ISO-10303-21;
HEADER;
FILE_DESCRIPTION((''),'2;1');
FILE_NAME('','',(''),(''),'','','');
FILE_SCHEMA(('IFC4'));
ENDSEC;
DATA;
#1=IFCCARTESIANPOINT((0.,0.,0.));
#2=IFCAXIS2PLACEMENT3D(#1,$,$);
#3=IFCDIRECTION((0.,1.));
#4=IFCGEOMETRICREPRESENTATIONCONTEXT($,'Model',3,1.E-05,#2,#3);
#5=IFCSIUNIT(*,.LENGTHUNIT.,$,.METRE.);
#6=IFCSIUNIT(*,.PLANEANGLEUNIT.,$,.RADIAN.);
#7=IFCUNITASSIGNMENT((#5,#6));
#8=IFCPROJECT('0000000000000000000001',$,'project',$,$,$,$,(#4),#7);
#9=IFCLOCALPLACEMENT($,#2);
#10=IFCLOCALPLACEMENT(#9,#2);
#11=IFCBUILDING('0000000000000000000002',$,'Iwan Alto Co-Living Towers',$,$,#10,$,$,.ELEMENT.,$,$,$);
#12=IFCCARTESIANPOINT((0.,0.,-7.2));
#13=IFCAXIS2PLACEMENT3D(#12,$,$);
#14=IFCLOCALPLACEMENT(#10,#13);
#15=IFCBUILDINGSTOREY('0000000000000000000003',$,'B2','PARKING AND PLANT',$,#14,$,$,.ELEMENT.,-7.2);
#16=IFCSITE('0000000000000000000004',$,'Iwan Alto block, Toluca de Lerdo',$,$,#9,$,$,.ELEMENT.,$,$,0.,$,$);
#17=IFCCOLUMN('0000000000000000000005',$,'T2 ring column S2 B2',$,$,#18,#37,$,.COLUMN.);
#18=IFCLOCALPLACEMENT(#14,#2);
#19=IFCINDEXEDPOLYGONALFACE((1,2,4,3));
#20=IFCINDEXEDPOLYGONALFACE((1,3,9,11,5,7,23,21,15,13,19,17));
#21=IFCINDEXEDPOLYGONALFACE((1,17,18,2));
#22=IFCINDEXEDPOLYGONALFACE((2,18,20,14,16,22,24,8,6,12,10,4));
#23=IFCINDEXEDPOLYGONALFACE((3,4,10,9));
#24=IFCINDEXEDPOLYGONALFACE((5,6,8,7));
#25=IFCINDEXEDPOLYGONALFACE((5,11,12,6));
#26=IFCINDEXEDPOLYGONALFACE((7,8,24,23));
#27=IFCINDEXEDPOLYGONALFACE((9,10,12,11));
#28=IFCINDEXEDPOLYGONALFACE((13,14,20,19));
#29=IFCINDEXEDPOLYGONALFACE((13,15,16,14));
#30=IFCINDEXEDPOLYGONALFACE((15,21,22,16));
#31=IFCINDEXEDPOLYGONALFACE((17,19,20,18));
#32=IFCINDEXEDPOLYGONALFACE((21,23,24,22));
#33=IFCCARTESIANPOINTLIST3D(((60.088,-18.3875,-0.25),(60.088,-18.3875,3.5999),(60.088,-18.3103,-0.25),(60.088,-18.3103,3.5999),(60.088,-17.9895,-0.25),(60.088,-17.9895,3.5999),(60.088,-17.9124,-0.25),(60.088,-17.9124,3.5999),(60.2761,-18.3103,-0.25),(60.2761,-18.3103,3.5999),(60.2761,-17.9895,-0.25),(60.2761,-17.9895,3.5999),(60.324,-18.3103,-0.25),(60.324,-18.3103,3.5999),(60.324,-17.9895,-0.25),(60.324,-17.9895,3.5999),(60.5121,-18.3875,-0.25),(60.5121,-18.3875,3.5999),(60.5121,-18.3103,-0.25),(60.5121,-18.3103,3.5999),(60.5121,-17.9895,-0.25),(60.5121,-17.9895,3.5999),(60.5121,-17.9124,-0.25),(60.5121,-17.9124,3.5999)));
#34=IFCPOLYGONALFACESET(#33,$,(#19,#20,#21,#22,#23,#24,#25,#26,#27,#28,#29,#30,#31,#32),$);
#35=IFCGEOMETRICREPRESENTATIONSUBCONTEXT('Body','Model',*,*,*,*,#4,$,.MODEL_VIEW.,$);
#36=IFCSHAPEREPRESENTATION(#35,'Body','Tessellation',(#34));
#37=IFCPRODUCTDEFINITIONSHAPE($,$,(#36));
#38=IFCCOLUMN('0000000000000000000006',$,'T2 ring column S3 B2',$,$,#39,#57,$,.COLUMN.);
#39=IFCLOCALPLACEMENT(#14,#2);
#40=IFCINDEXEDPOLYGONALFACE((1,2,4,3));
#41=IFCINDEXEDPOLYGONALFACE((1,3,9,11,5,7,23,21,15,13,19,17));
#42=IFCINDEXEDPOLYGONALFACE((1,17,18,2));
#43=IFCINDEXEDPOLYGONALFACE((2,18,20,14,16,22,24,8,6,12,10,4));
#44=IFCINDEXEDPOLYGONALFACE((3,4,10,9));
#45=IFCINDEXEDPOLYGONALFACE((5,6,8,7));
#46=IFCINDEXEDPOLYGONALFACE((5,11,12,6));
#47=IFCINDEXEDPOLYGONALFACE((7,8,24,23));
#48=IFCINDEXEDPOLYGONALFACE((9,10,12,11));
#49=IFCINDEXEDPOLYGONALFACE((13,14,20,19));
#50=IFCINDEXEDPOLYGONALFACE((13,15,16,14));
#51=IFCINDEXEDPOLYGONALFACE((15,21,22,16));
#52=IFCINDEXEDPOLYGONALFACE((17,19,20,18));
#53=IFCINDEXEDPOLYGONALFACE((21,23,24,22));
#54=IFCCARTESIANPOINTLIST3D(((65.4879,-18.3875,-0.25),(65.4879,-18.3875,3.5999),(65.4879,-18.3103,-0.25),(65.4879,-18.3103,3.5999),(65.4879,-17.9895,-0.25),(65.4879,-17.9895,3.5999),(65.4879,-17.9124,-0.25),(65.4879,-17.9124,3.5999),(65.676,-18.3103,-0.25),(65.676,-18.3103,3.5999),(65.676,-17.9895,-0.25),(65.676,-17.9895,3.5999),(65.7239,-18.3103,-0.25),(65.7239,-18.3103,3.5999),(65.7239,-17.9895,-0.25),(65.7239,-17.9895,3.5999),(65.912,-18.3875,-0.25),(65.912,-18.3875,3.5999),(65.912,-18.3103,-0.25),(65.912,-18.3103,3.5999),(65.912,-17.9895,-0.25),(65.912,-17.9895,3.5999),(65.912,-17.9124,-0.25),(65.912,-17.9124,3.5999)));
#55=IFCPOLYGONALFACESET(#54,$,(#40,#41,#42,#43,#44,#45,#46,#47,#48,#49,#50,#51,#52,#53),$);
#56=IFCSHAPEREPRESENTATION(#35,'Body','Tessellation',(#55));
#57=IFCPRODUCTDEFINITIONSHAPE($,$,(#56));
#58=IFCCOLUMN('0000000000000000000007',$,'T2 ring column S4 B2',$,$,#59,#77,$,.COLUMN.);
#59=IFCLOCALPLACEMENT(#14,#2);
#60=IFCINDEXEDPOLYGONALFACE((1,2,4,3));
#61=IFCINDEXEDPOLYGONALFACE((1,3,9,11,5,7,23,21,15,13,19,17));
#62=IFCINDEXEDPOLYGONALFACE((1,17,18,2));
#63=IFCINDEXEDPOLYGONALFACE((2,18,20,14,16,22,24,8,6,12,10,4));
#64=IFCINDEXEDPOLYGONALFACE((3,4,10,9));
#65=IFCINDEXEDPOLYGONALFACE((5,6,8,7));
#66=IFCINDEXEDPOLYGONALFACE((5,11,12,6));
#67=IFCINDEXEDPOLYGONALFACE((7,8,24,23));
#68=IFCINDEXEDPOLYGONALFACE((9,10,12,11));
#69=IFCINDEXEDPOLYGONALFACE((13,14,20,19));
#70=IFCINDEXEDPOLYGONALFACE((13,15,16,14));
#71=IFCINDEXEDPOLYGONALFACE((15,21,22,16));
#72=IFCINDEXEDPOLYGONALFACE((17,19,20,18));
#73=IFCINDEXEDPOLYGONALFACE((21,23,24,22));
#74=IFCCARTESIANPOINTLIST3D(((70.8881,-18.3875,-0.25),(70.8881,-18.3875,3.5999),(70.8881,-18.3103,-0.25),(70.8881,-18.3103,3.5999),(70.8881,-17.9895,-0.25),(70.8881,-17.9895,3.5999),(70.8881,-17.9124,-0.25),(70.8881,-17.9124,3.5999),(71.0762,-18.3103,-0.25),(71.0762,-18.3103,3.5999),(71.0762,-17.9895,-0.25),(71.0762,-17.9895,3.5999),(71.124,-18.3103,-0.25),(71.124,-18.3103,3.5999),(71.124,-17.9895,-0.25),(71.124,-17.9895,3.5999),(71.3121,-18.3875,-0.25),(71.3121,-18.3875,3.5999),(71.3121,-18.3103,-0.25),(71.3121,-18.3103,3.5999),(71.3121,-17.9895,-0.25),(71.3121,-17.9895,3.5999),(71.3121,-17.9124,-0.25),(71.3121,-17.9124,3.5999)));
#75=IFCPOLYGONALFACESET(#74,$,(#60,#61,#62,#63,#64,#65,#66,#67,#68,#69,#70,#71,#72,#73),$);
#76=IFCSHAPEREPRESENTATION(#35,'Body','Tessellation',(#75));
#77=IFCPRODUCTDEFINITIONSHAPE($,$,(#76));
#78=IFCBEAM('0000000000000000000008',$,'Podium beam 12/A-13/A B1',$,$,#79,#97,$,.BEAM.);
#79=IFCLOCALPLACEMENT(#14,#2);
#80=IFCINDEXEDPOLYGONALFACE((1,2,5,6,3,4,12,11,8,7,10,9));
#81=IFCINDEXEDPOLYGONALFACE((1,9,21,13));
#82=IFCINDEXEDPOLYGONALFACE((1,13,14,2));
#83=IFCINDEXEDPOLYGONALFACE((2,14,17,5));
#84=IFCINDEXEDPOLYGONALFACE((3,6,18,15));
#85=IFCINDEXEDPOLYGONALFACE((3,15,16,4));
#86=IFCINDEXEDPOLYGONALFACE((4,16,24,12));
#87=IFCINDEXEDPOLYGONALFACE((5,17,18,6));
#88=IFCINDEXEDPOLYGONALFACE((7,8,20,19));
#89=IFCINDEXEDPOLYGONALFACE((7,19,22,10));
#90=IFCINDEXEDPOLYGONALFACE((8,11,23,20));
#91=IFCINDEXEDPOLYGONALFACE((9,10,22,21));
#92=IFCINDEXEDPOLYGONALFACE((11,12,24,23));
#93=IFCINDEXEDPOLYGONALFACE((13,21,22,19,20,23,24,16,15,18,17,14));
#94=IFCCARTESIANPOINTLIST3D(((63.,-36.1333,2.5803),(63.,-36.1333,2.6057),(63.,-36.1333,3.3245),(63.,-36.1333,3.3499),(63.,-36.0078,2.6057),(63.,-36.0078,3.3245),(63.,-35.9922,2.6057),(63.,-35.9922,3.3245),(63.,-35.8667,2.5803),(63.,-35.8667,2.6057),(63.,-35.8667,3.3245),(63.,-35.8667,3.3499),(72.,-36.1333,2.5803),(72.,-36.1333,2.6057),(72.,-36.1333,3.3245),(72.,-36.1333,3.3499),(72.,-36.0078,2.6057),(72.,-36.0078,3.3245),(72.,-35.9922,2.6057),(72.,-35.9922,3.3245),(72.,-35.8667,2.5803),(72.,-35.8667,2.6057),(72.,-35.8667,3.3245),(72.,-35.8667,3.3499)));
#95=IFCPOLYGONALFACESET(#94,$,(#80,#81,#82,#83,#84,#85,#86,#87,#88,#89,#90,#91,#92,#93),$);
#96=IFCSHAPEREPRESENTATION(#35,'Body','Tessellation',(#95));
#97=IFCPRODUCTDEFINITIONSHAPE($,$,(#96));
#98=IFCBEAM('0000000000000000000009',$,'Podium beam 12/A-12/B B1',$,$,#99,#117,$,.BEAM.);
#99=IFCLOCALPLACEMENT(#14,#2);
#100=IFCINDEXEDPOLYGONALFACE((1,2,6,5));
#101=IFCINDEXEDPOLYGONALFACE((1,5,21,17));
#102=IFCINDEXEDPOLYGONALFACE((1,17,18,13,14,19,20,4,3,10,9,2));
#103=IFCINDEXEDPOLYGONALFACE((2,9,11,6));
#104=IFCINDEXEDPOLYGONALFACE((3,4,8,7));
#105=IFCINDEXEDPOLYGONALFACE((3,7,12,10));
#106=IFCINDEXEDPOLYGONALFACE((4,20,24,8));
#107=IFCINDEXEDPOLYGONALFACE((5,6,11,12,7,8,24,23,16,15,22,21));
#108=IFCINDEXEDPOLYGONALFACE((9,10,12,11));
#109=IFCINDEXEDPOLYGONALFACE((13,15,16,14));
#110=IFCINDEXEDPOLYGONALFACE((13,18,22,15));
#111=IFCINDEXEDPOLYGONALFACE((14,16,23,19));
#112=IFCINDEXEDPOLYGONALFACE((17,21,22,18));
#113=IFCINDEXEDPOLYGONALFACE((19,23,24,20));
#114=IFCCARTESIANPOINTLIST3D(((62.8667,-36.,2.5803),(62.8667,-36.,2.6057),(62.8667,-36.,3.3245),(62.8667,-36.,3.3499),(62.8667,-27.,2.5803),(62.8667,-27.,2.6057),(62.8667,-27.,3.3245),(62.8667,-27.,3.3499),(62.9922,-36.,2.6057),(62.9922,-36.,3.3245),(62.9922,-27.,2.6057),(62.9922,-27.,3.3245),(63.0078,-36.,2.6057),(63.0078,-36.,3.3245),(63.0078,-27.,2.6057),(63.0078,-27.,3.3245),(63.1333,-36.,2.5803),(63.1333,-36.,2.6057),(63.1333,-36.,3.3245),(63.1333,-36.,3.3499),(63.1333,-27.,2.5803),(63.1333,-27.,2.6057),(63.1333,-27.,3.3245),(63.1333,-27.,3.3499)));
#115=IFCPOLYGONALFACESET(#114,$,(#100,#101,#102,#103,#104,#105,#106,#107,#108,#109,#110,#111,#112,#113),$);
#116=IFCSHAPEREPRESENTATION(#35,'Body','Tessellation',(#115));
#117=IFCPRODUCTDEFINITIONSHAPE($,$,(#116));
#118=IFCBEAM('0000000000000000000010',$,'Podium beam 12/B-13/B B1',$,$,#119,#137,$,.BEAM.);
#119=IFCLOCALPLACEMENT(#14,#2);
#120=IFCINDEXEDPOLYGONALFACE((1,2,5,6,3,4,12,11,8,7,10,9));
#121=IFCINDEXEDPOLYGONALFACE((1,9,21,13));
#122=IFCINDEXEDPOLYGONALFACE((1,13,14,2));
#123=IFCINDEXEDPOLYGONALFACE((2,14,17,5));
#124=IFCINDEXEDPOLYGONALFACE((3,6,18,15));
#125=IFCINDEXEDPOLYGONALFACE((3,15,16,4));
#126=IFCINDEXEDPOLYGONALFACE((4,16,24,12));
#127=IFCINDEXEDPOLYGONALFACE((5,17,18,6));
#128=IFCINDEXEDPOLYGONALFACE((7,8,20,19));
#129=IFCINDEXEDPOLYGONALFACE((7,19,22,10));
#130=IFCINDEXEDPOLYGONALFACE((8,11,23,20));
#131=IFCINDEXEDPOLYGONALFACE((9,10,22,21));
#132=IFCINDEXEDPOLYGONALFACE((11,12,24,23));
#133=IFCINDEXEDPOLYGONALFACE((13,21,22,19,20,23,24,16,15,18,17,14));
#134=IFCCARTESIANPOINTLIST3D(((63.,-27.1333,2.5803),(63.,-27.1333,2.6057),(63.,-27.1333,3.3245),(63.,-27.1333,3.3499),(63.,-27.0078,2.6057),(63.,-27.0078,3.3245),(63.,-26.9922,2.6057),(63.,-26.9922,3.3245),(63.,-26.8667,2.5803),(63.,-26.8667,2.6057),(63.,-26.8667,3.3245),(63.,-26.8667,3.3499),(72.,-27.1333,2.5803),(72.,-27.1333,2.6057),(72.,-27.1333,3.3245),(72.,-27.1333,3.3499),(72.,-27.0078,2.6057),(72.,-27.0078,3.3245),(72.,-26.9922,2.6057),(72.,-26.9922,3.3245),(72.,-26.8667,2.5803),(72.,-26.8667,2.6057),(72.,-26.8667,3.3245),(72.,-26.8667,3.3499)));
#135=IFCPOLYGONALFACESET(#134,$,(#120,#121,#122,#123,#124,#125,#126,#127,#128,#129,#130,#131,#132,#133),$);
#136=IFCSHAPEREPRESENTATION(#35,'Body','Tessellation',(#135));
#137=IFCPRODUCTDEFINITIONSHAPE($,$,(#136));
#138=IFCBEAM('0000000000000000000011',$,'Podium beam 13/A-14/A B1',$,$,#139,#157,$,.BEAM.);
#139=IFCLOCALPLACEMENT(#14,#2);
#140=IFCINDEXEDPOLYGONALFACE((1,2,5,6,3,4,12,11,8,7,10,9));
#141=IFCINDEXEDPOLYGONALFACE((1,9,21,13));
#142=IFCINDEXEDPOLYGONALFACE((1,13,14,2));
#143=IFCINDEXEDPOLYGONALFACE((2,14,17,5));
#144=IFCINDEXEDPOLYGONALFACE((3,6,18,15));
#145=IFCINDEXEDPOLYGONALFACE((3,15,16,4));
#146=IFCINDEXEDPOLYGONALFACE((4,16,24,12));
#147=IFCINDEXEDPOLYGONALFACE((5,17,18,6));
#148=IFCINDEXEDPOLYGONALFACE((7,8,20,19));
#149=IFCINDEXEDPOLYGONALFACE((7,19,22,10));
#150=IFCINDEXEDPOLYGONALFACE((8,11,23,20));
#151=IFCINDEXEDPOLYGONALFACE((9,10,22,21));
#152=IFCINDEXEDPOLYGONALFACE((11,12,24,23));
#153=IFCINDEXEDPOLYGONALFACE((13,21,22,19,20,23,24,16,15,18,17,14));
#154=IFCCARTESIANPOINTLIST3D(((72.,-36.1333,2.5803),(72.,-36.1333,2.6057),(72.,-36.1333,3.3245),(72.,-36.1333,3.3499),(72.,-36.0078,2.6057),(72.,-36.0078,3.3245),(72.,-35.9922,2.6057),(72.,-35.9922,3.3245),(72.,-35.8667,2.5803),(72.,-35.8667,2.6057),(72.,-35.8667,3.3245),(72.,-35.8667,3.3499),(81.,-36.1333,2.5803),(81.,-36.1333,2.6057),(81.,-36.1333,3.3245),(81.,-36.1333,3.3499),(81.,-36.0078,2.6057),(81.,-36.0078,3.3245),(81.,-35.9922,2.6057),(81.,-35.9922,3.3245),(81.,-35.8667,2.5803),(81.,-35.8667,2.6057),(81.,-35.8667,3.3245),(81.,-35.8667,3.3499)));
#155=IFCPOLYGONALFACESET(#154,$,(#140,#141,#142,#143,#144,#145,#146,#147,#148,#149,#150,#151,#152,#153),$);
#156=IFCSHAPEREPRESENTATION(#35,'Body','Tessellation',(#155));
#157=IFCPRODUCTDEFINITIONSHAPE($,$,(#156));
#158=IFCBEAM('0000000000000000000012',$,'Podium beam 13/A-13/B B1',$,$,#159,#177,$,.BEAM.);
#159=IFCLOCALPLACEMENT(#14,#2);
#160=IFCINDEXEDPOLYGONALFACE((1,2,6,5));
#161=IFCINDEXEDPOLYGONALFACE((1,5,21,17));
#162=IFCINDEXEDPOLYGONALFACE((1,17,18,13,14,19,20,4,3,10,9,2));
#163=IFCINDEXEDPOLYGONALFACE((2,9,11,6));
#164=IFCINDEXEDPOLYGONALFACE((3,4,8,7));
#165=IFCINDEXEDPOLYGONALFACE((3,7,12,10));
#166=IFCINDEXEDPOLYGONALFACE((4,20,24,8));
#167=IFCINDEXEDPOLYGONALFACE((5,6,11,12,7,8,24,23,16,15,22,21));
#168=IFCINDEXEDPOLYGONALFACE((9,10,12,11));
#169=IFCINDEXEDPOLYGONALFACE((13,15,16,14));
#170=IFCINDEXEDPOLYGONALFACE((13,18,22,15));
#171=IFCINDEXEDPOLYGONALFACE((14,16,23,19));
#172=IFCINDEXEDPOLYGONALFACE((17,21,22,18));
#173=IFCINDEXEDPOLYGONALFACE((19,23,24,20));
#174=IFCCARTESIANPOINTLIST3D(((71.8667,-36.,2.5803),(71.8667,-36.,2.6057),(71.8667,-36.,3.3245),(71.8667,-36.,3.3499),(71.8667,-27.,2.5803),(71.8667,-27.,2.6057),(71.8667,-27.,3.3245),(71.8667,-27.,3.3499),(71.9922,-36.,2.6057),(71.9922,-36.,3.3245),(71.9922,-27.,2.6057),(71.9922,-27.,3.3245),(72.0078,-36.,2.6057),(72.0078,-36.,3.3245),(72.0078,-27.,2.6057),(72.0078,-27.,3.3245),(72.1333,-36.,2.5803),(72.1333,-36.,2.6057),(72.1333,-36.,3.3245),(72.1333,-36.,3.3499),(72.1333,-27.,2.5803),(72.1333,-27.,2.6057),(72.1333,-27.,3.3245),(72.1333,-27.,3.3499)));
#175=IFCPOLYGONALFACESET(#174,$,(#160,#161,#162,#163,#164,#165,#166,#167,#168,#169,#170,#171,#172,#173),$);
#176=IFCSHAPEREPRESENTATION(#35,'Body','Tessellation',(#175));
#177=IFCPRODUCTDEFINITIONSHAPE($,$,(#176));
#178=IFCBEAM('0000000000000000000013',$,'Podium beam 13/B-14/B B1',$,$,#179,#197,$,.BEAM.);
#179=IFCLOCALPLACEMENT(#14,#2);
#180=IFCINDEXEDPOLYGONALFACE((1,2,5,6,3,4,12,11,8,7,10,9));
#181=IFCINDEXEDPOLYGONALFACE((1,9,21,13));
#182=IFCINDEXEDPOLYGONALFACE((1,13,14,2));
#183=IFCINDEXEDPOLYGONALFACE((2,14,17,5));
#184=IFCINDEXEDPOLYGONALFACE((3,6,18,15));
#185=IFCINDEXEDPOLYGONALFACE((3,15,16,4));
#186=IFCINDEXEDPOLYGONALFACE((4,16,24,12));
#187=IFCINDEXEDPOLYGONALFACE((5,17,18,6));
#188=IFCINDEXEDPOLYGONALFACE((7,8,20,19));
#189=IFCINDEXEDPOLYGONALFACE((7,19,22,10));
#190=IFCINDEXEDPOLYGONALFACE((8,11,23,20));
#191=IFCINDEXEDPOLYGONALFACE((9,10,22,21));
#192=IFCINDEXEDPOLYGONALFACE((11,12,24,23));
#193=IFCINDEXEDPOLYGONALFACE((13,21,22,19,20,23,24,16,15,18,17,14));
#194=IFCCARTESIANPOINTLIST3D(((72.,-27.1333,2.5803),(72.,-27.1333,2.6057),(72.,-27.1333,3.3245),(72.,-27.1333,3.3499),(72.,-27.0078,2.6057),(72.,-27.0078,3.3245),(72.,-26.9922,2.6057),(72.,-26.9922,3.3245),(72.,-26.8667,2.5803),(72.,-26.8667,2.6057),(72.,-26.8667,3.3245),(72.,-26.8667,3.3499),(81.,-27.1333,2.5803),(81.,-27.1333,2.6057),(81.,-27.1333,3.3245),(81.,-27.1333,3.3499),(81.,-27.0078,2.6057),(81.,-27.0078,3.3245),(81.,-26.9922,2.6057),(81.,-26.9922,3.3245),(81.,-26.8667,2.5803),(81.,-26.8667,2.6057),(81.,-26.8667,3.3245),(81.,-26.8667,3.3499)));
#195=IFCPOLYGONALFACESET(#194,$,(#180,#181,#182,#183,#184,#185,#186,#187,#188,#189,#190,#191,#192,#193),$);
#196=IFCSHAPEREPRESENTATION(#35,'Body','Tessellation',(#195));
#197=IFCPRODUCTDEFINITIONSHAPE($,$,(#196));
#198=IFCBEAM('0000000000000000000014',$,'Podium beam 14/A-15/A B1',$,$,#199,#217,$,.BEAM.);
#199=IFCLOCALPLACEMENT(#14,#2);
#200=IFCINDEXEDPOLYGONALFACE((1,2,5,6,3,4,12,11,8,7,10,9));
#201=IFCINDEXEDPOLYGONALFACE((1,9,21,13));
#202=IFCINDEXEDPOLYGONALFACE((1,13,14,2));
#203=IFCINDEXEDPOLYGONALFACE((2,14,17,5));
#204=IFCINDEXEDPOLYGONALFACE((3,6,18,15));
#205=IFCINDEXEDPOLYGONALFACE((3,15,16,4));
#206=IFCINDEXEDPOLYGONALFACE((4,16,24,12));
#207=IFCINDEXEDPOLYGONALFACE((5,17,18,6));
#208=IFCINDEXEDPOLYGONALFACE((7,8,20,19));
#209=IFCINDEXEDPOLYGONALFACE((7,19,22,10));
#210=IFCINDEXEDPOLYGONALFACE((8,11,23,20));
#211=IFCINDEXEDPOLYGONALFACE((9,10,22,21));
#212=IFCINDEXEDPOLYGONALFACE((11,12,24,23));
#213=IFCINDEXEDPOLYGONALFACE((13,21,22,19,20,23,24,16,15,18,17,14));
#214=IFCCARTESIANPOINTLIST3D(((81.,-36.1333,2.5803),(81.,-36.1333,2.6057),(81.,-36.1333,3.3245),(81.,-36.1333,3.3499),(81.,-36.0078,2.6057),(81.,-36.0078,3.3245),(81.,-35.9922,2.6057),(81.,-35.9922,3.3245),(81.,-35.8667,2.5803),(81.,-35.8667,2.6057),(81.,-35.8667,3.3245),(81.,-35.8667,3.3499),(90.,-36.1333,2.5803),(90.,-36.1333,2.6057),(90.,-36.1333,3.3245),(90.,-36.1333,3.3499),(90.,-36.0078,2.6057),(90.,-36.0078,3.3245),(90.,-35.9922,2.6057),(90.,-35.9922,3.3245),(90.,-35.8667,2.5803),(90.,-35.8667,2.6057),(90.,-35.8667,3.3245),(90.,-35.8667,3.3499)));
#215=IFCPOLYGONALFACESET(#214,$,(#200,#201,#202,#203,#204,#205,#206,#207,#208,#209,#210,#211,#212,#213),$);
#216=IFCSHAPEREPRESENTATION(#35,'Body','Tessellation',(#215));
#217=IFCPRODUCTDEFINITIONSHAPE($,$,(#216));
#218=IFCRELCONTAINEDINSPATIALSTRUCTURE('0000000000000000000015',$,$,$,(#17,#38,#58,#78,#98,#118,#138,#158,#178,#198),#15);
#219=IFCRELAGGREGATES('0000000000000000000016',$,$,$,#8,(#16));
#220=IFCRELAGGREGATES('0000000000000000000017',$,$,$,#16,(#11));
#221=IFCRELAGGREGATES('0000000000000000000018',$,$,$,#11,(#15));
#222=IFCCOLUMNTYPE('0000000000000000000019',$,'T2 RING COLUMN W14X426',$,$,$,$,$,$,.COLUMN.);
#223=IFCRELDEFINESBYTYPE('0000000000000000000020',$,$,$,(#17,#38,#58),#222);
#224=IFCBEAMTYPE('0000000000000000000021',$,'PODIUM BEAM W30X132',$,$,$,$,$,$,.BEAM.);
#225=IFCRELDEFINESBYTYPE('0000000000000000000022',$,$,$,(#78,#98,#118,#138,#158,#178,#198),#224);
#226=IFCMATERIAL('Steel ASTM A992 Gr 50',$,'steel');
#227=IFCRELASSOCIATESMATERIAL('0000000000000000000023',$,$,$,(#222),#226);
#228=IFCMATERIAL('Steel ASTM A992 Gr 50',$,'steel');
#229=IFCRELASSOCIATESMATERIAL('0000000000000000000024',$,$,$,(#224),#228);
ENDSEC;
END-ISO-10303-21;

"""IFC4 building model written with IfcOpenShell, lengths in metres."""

from ifc_helpers import new_model, si_unit, direction, frame, origin, origin_2d, place, context, subcontext, project, spatial, i_section, extrude, material, material_profile, profile_set, type_object, element, save


model = new_model("IFC4")

# Units and contexts
model_context = context("Model", 3, precision=1e-05, world=origin(), true_north=direction((0.0, 1.0)))
body_context = subcontext(model_context, "Body", "Model", "MODEL_VIEW")
ifc_project = project(units=[si_unit("LENGTHUNIT", "METRE"), si_unit("PLANEANGLEUNIT", "RADIAN")], contexts=[model_context])

# Site, building, storey
site_placement = place(None, origin())
site = spatial("IfcSite", under=ifc_project, at=site_placement, Name="Iwan Alto block, Toluca de Lerdo", CompositionType="ELEMENT", RefElevation=0.0)
building_placement = place(site_placement, origin())
building = spatial("IfcBuilding", under=site, at=building_placement, Name="Iwan Alto Co-Living Towers", CompositionType="ELEMENT")
storey_placement = place(building_placement, frame((0.0, 0.0, -7.2)))
storey = spatial("IfcBuildingStorey", under=building, at=storey_placement, Name="B2", Description="PARKING AND PLANT", CompositionType="ELEMENT", Elevation=-7.2)

# Columns
ifc_material_1 = material(Name="Steel ASTM A992 Gr 50", Category="steel")
ifc_material_profile_1 = material_profile(ifc_material_1, i_section(OverallWidth=0.4241, OverallDepth=0.4751, WebThickness=0.0479, FlangeThickness=0.0771, at=origin_2d()), Name="W14X426")
ifc_profile_set_1 = profile_set([ifc_material_profile_1], Name="Steel ASTM A992 Gr 50")
column_type_1 = type_object("IfcColumnType", Name="T2 RING COLUMN W14X426", PredefinedType="COLUMN", material=ifc_profile_set_1)
for number, where, z_axis, x_axis, name in (
    (1, (60.3, -18.1499, -0.25), (0.0, 0.0, 1.0), (1.0, 0.0, 0.0), "T2 ring column S2 B2"),
    (2, (65.7, -18.1499, -0.25), (0.0, 0.0, 1.0), (1.0, 0.0, 0.0), "T2 ring column S3 B2"),
    (3, (71.1001, -18.1499, -0.25), (0.0, 0.0, 1.0), (1.0, 0.0, 0.0), "T2 ring column S4 B2"),
):
    element("IfcColumn", number, at=place(storey_placement, frame(where, z_axis=z_axis, x_axis=x_axis)), inside=storey, type_object=column_type_1, Name=name, PredefinedType="COLUMN", context=body_context, shape_type="SweptSolid", body=[
        extrude(i_section(OverallWidth=0.4241, OverallDepth=0.4751, WebThickness=0.0479, FlangeThickness=0.0771, at=origin_2d()), origin(), (0.0, 0.0, 1.0), 3.8499),
    ])

# Beams
ifc_material_2 = material(Name="Steel ASTM A992 Gr 50", Category="steel")
ifc_material_profile_2 = material_profile(ifc_material_2, i_section(OverallWidth=0.2666, OverallDepth=0.7695, WebThickness=0.0156, FlangeThickness=0.0254, at=origin_2d()), Name="W30X132")
ifc_profile_set_2 = profile_set([ifc_material_profile_2], Name="Steel ASTM A992 Gr 50")
beam_type_1 = type_object("IfcBeamType", Name="PODIUM BEAM W30X132", PredefinedType="BEAM", material=ifc_profile_set_2)
for number, where, z_axis, x_axis, name in (
    (4, (63.0, -36.0, 2.9651), (1.0, 0.0, 0.0), (0.0, 1.0, 0.0), "Podium beam 12/A-13/A B1"),
    (5, (63.0, -36.0, 2.9651), (0.0, 1.0, 0.0), (-1.0, 0.0, 0.0), "Podium beam 12/A-12/B B1"),
    (6, (63.0, -27.0, 2.9651), (1.0, 0.0, 0.0), (0.0, 1.0, 0.0), "Podium beam 12/B-13/B B1"),
    (7, (72.0, -36.0, 2.9651), (1.0, 0.0, 0.0), (0.0, 1.0, 0.0), "Podium beam 13/A-14/A B1"),
    (8, (72.0, -36.0, 2.9651), (0.0, 1.0, 0.0), (-1.0, 0.0, 0.0), "Podium beam 13/A-13/B B1"),
    (9, (72.0, -27.0, 2.9651), (1.0, 0.0, 0.0), (0.0, 1.0, 0.0), "Podium beam 13/B-14/B B1"),
    (10, (81.0, -36.0, 2.9651), (1.0, 0.0, 0.0), (0.0, 1.0, 0.0), "Podium beam 14/A-15/A B1"),
):
    element("IfcBeam", number, at=place(storey_placement, frame(where, z_axis=z_axis, x_axis=x_axis)), inside=storey, type_object=beam_type_1, Name=name, PredefinedType="BEAM", context=body_context, shape_type="SweptSolid", body=[
        extrude(i_section(OverallWidth=0.2666, OverallDepth=0.7695, WebThickness=0.0156, FlangeThickness=0.0254, at=origin_2d()), origin(), (0.0, 0.0, 1.0), 9.0),
    ])

save(model, "model.ifc")
